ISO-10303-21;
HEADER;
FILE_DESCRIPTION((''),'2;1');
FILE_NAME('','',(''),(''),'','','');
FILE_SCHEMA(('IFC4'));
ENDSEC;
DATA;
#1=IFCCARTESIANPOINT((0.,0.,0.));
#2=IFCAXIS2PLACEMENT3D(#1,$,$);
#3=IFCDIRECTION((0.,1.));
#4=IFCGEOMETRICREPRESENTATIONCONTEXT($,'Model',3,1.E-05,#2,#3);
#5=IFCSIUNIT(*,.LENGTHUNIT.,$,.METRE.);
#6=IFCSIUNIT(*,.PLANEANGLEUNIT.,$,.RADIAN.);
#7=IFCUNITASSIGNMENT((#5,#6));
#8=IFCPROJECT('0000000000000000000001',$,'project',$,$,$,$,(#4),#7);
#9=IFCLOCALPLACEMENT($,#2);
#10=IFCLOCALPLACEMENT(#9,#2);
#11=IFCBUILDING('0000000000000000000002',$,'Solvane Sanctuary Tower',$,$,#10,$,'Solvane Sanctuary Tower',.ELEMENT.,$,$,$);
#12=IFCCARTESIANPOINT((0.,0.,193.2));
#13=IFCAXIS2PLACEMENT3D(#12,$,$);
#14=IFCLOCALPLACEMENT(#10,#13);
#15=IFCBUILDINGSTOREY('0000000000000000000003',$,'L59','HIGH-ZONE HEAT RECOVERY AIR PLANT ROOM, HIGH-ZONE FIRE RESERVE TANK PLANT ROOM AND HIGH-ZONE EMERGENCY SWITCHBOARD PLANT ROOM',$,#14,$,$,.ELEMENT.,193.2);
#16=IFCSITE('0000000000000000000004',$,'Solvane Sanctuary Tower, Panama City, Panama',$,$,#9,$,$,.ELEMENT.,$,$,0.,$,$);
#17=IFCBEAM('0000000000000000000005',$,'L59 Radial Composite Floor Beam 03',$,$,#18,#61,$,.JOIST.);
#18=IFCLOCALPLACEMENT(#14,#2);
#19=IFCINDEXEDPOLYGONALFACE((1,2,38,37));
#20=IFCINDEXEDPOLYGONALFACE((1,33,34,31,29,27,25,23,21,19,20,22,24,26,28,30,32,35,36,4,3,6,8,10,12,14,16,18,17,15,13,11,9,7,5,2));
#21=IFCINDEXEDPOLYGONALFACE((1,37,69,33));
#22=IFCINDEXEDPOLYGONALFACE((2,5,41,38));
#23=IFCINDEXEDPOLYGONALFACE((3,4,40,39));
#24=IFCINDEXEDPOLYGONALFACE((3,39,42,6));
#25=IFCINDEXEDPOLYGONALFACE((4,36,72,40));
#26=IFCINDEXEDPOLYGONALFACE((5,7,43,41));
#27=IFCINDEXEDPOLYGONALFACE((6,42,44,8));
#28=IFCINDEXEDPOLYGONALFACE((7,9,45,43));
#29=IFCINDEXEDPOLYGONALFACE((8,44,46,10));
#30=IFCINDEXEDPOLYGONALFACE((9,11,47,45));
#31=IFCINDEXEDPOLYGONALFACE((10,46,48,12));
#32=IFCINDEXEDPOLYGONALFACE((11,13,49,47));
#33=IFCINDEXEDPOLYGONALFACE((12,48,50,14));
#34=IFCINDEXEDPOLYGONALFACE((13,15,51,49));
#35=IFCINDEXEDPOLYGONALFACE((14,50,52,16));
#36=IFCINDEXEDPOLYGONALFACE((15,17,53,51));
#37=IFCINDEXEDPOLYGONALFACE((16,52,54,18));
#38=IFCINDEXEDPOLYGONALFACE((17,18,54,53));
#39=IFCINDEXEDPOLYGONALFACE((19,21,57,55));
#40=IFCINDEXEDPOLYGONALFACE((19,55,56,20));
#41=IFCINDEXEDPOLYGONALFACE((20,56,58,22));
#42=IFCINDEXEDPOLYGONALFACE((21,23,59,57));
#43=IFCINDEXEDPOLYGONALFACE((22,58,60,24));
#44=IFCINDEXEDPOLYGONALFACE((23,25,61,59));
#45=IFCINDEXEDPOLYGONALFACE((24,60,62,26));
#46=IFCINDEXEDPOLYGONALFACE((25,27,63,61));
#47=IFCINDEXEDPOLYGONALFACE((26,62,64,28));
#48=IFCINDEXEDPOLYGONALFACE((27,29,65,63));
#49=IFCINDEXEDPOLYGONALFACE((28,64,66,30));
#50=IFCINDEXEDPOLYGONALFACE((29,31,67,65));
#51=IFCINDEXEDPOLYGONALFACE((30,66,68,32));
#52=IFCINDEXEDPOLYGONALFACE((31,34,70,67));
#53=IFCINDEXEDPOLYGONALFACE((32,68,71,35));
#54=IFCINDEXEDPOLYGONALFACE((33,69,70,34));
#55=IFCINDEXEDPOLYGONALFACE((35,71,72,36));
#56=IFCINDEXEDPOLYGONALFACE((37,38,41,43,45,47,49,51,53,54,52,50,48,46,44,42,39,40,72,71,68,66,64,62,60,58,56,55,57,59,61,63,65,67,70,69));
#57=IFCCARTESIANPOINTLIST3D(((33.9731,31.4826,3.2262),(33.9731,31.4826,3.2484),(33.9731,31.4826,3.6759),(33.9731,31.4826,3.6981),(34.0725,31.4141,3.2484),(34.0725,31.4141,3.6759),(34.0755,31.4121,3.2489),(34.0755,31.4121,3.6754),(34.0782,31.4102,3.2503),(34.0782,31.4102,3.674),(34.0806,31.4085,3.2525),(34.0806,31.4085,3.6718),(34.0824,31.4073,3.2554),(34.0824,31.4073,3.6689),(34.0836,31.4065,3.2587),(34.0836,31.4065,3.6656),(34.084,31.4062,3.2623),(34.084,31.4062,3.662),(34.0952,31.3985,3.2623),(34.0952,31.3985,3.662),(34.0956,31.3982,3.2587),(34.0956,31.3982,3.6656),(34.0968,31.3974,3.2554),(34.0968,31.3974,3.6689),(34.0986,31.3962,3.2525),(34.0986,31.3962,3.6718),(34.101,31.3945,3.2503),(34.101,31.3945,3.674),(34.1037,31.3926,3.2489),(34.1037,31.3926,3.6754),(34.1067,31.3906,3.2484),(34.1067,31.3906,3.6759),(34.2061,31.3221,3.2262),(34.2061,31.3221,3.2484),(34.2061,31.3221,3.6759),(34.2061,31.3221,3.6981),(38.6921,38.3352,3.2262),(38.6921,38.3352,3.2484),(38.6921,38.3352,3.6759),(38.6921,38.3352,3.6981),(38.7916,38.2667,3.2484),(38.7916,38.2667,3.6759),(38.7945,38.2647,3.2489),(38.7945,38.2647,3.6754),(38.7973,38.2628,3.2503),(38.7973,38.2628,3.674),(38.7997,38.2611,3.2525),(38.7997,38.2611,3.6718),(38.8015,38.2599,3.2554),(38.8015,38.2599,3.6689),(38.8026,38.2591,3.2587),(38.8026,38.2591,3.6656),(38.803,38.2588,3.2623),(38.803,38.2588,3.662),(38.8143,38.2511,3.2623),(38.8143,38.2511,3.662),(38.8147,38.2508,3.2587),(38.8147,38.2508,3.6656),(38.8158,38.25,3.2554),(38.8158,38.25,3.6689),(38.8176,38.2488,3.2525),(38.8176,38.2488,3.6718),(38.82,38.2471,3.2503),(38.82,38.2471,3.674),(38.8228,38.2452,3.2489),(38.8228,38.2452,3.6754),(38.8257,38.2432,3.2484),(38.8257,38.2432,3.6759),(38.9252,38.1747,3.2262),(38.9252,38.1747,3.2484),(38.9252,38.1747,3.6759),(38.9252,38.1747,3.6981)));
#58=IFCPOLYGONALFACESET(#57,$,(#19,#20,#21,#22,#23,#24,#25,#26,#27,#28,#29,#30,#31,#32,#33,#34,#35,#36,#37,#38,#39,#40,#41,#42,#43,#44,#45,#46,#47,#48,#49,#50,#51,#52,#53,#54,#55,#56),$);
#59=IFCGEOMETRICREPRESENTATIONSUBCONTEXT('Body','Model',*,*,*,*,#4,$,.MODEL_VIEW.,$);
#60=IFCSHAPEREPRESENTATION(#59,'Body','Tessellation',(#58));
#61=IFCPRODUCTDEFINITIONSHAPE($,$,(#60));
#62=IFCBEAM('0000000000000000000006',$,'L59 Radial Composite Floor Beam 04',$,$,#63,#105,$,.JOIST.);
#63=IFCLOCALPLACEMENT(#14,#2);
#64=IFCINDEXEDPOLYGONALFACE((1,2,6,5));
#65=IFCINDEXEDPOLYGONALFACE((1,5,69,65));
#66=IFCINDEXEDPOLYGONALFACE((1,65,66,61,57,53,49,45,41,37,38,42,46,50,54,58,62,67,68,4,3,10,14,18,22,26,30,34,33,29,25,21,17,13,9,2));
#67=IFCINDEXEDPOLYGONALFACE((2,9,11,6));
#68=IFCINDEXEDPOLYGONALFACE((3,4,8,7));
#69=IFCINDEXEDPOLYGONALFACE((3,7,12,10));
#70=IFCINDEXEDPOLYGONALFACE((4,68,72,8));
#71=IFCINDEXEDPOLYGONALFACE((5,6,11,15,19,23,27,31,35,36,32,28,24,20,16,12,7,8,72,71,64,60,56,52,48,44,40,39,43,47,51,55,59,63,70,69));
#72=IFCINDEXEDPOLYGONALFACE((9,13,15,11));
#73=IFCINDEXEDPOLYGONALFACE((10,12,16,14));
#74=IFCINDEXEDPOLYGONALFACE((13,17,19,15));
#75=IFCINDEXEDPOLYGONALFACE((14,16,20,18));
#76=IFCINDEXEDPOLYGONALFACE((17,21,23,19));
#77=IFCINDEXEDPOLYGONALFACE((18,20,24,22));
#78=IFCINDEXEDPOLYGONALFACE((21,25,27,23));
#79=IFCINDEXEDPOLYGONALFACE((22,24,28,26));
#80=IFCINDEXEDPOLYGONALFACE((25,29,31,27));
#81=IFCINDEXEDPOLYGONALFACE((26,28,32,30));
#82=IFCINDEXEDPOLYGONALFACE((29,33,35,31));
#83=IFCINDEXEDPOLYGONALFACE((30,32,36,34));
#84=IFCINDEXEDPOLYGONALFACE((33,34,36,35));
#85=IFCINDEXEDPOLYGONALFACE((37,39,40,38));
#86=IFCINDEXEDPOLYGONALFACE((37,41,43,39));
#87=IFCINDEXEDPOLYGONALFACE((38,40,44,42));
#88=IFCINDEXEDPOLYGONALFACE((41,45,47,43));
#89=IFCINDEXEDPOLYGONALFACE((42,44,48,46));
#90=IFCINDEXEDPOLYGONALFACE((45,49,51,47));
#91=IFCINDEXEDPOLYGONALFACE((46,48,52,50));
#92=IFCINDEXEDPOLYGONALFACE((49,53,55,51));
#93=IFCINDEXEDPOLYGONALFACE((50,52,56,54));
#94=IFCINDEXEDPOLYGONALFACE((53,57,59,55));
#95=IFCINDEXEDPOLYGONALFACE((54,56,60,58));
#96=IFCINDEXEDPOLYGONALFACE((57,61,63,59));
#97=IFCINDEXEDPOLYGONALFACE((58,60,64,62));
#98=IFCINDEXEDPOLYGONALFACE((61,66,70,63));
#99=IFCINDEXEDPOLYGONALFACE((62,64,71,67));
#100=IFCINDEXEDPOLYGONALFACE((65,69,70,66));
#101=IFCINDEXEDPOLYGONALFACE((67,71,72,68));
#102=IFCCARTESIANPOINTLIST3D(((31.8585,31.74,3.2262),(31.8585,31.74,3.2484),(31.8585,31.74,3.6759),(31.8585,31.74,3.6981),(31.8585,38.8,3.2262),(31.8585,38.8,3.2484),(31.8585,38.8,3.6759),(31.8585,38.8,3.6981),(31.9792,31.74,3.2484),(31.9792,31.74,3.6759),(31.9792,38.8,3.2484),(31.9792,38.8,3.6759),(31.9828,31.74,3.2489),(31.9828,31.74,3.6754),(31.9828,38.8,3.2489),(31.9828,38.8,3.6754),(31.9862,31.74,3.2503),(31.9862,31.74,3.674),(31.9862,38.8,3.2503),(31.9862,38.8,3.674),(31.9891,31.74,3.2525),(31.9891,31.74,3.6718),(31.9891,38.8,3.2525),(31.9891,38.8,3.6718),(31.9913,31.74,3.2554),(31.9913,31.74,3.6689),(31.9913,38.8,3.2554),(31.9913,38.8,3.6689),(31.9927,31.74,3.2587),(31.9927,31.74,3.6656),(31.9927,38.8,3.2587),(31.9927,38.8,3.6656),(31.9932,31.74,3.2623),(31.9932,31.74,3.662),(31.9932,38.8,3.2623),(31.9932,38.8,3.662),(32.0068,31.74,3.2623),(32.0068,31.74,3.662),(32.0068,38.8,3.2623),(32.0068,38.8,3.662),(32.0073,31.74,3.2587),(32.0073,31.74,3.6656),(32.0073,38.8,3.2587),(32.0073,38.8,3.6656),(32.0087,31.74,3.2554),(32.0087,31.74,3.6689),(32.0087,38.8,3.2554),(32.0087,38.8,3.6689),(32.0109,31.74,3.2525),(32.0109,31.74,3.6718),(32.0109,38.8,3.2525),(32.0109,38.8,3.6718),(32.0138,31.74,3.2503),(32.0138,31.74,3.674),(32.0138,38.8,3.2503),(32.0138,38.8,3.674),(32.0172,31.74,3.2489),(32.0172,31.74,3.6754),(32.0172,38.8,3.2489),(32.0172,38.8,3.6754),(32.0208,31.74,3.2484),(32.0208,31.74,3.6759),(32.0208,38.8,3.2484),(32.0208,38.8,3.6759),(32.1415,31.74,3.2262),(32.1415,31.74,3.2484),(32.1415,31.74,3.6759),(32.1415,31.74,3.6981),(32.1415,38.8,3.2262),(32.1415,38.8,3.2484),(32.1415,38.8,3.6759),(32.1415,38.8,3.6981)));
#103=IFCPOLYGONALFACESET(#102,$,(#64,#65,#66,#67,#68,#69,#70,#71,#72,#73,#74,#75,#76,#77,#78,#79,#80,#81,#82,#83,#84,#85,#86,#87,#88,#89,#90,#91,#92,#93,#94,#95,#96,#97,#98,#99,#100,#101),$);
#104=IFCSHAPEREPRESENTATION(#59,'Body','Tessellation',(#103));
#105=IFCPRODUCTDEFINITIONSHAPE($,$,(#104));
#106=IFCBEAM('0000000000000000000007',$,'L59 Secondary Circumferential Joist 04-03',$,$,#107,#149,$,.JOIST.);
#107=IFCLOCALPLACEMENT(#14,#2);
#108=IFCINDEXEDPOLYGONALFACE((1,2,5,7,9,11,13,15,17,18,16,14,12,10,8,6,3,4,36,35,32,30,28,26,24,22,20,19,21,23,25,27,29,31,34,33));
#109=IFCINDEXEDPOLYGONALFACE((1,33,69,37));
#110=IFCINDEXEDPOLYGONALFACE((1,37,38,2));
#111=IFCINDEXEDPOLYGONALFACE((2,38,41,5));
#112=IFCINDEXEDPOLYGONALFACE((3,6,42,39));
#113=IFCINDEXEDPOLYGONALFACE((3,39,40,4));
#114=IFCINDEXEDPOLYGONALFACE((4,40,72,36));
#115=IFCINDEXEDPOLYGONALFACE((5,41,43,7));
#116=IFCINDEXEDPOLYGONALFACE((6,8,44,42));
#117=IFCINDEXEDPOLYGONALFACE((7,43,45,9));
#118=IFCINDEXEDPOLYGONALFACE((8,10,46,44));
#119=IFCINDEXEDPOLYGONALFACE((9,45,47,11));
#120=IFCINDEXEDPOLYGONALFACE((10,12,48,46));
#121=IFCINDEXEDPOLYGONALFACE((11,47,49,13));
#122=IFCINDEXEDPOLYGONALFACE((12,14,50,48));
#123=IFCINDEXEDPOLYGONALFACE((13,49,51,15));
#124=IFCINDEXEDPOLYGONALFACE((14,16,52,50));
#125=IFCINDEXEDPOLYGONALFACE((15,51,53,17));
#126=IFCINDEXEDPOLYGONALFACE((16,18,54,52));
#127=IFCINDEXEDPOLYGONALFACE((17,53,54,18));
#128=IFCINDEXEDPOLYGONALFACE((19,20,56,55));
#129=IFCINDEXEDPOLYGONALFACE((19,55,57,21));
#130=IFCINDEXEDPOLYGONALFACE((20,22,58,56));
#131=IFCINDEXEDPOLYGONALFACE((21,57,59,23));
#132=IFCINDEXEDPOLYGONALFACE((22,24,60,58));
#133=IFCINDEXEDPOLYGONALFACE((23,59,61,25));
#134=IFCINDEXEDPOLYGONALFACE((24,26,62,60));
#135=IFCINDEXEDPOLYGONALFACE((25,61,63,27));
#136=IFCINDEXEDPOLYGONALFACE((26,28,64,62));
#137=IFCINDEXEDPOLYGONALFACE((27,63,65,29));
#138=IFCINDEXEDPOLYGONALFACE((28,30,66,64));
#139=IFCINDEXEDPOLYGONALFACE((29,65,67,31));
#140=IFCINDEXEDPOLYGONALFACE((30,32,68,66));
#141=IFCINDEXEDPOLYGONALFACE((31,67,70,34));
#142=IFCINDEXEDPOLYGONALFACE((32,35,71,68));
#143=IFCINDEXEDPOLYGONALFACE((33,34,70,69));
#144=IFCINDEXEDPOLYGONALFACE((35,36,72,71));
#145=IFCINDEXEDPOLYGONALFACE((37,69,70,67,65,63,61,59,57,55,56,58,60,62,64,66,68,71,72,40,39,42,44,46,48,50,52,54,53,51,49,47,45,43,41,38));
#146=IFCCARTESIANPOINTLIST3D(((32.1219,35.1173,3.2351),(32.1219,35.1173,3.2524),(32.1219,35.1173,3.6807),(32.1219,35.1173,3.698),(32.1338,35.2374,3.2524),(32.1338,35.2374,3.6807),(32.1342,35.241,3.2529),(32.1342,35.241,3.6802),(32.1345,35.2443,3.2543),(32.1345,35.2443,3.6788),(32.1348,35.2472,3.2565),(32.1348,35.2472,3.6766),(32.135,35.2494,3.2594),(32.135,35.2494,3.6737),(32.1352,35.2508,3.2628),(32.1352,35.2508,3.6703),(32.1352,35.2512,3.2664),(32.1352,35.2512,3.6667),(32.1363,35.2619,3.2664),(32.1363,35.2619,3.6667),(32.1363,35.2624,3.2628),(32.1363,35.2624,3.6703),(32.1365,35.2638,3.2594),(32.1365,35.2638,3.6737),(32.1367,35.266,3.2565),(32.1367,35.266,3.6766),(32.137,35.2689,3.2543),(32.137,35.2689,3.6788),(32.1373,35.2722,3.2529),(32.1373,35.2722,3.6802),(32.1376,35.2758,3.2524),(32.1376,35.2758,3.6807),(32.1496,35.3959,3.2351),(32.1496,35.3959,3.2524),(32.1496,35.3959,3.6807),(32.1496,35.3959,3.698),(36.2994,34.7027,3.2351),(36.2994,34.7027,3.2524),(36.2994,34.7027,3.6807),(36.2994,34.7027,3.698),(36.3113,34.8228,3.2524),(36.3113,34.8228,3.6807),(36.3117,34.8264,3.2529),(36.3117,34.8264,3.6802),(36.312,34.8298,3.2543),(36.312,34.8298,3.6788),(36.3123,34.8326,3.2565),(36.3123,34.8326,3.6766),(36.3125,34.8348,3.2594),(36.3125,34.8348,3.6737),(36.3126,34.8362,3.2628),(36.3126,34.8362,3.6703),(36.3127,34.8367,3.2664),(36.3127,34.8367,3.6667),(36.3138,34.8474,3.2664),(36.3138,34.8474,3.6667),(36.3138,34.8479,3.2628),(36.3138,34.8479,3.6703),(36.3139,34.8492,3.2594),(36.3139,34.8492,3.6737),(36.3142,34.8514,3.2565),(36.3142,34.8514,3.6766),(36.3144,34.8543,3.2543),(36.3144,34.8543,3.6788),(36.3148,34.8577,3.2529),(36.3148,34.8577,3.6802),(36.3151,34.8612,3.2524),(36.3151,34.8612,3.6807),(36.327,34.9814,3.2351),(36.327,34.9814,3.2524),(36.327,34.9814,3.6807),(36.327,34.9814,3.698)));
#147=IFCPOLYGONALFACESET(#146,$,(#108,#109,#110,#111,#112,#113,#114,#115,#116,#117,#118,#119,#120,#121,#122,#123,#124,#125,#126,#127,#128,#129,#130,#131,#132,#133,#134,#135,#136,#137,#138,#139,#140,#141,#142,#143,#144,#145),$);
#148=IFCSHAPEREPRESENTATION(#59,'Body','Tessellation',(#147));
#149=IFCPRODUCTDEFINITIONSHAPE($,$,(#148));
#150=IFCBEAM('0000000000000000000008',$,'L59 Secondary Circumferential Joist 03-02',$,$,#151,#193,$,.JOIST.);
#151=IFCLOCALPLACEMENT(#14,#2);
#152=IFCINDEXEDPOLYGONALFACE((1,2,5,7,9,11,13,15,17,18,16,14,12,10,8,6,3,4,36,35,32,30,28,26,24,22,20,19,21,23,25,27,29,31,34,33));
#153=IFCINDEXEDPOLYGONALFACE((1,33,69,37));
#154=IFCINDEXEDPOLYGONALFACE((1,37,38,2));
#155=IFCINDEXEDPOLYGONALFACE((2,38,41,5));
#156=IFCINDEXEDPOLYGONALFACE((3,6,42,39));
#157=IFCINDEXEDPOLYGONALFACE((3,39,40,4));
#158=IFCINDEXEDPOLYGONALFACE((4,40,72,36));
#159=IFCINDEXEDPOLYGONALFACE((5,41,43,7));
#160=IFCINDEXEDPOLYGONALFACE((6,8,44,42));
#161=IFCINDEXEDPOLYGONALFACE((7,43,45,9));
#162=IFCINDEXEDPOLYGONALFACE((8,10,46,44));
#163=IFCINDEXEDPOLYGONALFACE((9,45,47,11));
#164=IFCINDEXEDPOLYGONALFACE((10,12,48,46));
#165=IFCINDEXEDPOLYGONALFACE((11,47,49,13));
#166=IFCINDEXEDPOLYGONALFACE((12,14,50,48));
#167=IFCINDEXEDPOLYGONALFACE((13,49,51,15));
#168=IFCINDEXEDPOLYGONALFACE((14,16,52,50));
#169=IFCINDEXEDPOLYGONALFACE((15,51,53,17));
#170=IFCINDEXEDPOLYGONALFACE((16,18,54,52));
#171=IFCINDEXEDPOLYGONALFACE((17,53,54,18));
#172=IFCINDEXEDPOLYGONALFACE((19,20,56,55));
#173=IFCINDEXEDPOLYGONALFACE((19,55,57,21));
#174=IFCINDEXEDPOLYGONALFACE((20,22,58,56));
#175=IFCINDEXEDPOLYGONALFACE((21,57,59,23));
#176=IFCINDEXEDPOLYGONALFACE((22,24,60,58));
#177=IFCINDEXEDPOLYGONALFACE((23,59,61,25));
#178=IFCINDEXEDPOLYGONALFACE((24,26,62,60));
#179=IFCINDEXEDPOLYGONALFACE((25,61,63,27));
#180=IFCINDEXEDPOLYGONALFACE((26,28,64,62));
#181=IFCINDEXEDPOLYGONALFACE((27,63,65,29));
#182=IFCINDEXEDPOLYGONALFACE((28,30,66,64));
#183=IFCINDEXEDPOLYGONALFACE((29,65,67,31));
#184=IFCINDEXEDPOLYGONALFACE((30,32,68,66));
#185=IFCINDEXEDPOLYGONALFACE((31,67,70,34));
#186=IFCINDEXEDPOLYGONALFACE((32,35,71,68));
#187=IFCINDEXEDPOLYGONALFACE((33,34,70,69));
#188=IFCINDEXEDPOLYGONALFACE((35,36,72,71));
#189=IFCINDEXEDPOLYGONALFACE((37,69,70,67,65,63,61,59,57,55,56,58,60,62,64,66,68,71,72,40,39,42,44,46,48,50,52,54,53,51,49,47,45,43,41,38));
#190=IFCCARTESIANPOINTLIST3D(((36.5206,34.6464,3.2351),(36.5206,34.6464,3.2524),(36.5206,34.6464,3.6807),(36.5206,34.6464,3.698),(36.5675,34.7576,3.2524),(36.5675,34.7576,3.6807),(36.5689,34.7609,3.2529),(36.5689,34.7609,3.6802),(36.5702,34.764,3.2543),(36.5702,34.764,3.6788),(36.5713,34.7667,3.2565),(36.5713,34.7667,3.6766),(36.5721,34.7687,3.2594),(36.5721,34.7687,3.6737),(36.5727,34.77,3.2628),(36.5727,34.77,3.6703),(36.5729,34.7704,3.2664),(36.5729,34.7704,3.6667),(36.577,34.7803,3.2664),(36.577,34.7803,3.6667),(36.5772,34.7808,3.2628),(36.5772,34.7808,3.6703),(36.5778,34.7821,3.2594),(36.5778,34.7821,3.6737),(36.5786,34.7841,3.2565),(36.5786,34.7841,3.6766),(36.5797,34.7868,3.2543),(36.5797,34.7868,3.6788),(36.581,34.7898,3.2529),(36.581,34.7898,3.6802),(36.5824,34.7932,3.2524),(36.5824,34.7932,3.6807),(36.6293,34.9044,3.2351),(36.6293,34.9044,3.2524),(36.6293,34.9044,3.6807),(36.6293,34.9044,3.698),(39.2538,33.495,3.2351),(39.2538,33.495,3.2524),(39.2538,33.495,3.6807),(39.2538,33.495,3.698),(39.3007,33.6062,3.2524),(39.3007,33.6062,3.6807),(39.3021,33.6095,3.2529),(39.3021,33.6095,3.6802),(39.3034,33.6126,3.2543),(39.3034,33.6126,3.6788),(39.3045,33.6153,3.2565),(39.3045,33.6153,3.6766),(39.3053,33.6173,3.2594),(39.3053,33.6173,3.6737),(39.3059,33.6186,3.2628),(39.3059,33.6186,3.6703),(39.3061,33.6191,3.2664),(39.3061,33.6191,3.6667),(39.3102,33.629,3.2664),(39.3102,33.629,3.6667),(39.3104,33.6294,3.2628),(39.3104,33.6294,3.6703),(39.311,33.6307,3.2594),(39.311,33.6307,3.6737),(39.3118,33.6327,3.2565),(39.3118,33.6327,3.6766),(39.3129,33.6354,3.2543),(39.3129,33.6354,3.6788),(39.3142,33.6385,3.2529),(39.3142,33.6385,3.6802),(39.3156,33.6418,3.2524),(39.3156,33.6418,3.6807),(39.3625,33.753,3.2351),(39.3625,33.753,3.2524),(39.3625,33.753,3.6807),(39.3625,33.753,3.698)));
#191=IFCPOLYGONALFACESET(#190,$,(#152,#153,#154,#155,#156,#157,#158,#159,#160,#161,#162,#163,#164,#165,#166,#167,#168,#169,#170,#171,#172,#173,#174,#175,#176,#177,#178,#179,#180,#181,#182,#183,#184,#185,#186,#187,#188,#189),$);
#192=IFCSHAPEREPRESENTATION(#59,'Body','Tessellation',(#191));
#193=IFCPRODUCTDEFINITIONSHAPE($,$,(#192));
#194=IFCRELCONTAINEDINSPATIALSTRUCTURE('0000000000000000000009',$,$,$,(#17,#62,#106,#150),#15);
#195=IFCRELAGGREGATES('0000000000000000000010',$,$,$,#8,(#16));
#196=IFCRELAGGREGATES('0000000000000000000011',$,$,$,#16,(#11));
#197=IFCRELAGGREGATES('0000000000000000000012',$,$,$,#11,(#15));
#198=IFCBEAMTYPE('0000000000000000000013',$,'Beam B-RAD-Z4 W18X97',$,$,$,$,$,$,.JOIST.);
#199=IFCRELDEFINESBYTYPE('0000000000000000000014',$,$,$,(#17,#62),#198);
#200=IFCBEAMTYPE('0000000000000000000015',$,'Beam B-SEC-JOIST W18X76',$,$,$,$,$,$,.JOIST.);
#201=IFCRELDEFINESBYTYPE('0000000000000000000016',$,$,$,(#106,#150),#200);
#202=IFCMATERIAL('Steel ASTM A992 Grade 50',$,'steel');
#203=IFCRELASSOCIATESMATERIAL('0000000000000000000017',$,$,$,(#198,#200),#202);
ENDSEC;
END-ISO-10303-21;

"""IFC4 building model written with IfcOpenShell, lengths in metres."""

from ifc_helpers import new_model, si_unit, direction, frame, origin, origin_2d, place, context, subcontext, project, spatial, i_section, extrude, material, material_profile, profile_set, type_object, element, save


model = new_model("IFC4")

# Units and contexts
model_context = context("Model", 3, precision=1e-05, world=origin(), true_north=direction((0.0, 1.0)))
body_context = subcontext(model_context, "Body", "Model", "MODEL_VIEW")
ifc_project = project(units=[si_unit("LENGTHUNIT", "METRE"), si_unit("PLANEANGLEUNIT", "RADIAN")], contexts=[model_context])

# Site, building, storey
site_placement = place(None, origin())
site = spatial("IfcSite", under=ifc_project, at=site_placement, Name="Solvane Sanctuary Tower, Panama City, Panama", CompositionType="ELEMENT", RefElevation=0.0)
building_placement = place(site_placement, origin())
building = spatial("IfcBuilding", under=site, at=building_placement, Name="Solvane Sanctuary Tower", LongName="Solvane Sanctuary Tower", CompositionType="ELEMENT")
storey_placement = place(building_placement, frame((0.0, 0.0, 193.2)))
storey = spatial("IfcBuildingStorey", under=building, at=storey_placement, Name="L59", Description="HIGH-ZONE HEAT RECOVERY AIR PLANT ROOM, HIGH-ZONE FIRE RESERVE TANK PLANT ROOM AND HIGH-ZONE EMERGENCY SWITCHBOARD PLANT ROOM", CompositionType="ELEMENT", Elevation=193.2)

# Beams
ifc_material_1 = material(Name="Steel ASTM A992 Grade 50", Category="steel")
ifc_material_profile_1 = material_profile(ifc_material_1, i_section(OverallWidth=0.283, OverallDepth=0.4719, WebThickness=0.0137, FlangeThickness=0.0222, FilletRadius=0.0139, at=origin_2d()), Name="W18X97")
ifc_profile_set_1 = profile_set([ifc_material_profile_1], Name="Steel ASTM A992 Grade 50")
beam_type_1 = type_object("IfcBeamType", Name="Beam B-RAD-Z4 W18X97", PredefinedType="JOIST", material=ifc_profile_set_1)
beam_1_placement = place(storey_placement, frame((34.0896, 31.4023, 3.4622), z_axis=(0.567171, 0.8236, 0.0), x_axis=(-0.8236, 0.567171, 0.0)))
element("IfcBeam", 1, at=beam_1_placement, inside=storey, type_object=beam_type_1, Name="L59 Radial Composite Floor Beam 03", PredefinedType="JOIST", context=body_context, shape_type="SweptSolid", body=[
    extrude(i_section(OverallWidth=0.283, OverallDepth=0.4719, WebThickness=0.0137, FlangeThickness=0.0222, FilletRadius=0.0139, at=origin_2d()), origin(), (0.0, 0.0, 1.0), 8.3203),
])
beam_2_placement = place(storey_placement, frame((32.0, 31.74, 3.4622), z_axis=(0.0, 1.0, 0.0), x_axis=(-1.0, 0.0, 0.0)))
element("IfcBeam", 2, at=beam_2_placement, inside=storey, type_object=beam_type_1, Name="L59 Radial Composite Floor Beam 04", PredefinedType="JOIST", context=body_context, shape_type="SweptSolid", body=[
    extrude(i_section(OverallWidth=0.283, OverallDepth=0.4719, WebThickness=0.0137, FlangeThickness=0.0222, FilletRadius=0.0139, at=origin_2d()), origin(), (0.0, 0.0, 1.0), 7.0601),
])
ifc_material_profile_2 = material_profile(ifc_material_1, i_section(OverallWidth=0.28, OverallDepth=0.4629, WebThickness=0.0107, FlangeThickness=0.0173, FilletRadius=0.0139, at=origin_2d()), Name="W18X76")
ifc_profile_set_2 = profile_set([ifc_material_profile_2], Name="Steel ASTM A992 Grade 50")
beam_type_2 = type_object("IfcBeamType", Name="Beam B-SEC-JOIST W18X76", PredefinedType="JOIST", material=ifc_profile_set_2)
beam_3_placement = place(storey_placement, frame((32.1357, 35.2566, 3.4666), z_axis=(0.995112, -0.098749, 0.0), x_axis=(0.098749, 0.995112, 0.0)))
element("IfcBeam", 3, at=beam_3_placement, inside=storey, type_object=beam_type_2, Name="L59 Secondary Circumferential Joist 04-03", PredefinedType="JOIST", context=body_context, shape_type="SweptSolid", body=[
    extrude(i_section(OverallWidth=0.28, OverallDepth=0.4629, WebThickness=0.0107, FlangeThickness=0.0173, FilletRadius=0.0139, at=origin_2d()), origin(), (0.0, 0.0, 1.0), 4.198),
])
beam_4_placement = place(storey_placement, frame((36.575, 34.7754, 3.4666), z_axis=(0.921567, -0.388219, 0.0), x_axis=(0.388219, 0.921567, 0.0)))
element("IfcBeam", 4, at=beam_4_placement, inside=storey, type_object=beam_type_2, Name="L59 Secondary Circumferential Joist 03-02", PredefinedType="JOIST", context=body_context, shape_type="SweptSolid", body=[
    extrude(i_section(OverallWidth=0.28, OverallDepth=0.4629, WebThickness=0.0107, FlangeThickness=0.0173, FilletRadius=0.0139, at=origin_2d()), origin(), (0.0, 0.0, 1.0), 2.9658),
])

save(model, "model.ifc")
